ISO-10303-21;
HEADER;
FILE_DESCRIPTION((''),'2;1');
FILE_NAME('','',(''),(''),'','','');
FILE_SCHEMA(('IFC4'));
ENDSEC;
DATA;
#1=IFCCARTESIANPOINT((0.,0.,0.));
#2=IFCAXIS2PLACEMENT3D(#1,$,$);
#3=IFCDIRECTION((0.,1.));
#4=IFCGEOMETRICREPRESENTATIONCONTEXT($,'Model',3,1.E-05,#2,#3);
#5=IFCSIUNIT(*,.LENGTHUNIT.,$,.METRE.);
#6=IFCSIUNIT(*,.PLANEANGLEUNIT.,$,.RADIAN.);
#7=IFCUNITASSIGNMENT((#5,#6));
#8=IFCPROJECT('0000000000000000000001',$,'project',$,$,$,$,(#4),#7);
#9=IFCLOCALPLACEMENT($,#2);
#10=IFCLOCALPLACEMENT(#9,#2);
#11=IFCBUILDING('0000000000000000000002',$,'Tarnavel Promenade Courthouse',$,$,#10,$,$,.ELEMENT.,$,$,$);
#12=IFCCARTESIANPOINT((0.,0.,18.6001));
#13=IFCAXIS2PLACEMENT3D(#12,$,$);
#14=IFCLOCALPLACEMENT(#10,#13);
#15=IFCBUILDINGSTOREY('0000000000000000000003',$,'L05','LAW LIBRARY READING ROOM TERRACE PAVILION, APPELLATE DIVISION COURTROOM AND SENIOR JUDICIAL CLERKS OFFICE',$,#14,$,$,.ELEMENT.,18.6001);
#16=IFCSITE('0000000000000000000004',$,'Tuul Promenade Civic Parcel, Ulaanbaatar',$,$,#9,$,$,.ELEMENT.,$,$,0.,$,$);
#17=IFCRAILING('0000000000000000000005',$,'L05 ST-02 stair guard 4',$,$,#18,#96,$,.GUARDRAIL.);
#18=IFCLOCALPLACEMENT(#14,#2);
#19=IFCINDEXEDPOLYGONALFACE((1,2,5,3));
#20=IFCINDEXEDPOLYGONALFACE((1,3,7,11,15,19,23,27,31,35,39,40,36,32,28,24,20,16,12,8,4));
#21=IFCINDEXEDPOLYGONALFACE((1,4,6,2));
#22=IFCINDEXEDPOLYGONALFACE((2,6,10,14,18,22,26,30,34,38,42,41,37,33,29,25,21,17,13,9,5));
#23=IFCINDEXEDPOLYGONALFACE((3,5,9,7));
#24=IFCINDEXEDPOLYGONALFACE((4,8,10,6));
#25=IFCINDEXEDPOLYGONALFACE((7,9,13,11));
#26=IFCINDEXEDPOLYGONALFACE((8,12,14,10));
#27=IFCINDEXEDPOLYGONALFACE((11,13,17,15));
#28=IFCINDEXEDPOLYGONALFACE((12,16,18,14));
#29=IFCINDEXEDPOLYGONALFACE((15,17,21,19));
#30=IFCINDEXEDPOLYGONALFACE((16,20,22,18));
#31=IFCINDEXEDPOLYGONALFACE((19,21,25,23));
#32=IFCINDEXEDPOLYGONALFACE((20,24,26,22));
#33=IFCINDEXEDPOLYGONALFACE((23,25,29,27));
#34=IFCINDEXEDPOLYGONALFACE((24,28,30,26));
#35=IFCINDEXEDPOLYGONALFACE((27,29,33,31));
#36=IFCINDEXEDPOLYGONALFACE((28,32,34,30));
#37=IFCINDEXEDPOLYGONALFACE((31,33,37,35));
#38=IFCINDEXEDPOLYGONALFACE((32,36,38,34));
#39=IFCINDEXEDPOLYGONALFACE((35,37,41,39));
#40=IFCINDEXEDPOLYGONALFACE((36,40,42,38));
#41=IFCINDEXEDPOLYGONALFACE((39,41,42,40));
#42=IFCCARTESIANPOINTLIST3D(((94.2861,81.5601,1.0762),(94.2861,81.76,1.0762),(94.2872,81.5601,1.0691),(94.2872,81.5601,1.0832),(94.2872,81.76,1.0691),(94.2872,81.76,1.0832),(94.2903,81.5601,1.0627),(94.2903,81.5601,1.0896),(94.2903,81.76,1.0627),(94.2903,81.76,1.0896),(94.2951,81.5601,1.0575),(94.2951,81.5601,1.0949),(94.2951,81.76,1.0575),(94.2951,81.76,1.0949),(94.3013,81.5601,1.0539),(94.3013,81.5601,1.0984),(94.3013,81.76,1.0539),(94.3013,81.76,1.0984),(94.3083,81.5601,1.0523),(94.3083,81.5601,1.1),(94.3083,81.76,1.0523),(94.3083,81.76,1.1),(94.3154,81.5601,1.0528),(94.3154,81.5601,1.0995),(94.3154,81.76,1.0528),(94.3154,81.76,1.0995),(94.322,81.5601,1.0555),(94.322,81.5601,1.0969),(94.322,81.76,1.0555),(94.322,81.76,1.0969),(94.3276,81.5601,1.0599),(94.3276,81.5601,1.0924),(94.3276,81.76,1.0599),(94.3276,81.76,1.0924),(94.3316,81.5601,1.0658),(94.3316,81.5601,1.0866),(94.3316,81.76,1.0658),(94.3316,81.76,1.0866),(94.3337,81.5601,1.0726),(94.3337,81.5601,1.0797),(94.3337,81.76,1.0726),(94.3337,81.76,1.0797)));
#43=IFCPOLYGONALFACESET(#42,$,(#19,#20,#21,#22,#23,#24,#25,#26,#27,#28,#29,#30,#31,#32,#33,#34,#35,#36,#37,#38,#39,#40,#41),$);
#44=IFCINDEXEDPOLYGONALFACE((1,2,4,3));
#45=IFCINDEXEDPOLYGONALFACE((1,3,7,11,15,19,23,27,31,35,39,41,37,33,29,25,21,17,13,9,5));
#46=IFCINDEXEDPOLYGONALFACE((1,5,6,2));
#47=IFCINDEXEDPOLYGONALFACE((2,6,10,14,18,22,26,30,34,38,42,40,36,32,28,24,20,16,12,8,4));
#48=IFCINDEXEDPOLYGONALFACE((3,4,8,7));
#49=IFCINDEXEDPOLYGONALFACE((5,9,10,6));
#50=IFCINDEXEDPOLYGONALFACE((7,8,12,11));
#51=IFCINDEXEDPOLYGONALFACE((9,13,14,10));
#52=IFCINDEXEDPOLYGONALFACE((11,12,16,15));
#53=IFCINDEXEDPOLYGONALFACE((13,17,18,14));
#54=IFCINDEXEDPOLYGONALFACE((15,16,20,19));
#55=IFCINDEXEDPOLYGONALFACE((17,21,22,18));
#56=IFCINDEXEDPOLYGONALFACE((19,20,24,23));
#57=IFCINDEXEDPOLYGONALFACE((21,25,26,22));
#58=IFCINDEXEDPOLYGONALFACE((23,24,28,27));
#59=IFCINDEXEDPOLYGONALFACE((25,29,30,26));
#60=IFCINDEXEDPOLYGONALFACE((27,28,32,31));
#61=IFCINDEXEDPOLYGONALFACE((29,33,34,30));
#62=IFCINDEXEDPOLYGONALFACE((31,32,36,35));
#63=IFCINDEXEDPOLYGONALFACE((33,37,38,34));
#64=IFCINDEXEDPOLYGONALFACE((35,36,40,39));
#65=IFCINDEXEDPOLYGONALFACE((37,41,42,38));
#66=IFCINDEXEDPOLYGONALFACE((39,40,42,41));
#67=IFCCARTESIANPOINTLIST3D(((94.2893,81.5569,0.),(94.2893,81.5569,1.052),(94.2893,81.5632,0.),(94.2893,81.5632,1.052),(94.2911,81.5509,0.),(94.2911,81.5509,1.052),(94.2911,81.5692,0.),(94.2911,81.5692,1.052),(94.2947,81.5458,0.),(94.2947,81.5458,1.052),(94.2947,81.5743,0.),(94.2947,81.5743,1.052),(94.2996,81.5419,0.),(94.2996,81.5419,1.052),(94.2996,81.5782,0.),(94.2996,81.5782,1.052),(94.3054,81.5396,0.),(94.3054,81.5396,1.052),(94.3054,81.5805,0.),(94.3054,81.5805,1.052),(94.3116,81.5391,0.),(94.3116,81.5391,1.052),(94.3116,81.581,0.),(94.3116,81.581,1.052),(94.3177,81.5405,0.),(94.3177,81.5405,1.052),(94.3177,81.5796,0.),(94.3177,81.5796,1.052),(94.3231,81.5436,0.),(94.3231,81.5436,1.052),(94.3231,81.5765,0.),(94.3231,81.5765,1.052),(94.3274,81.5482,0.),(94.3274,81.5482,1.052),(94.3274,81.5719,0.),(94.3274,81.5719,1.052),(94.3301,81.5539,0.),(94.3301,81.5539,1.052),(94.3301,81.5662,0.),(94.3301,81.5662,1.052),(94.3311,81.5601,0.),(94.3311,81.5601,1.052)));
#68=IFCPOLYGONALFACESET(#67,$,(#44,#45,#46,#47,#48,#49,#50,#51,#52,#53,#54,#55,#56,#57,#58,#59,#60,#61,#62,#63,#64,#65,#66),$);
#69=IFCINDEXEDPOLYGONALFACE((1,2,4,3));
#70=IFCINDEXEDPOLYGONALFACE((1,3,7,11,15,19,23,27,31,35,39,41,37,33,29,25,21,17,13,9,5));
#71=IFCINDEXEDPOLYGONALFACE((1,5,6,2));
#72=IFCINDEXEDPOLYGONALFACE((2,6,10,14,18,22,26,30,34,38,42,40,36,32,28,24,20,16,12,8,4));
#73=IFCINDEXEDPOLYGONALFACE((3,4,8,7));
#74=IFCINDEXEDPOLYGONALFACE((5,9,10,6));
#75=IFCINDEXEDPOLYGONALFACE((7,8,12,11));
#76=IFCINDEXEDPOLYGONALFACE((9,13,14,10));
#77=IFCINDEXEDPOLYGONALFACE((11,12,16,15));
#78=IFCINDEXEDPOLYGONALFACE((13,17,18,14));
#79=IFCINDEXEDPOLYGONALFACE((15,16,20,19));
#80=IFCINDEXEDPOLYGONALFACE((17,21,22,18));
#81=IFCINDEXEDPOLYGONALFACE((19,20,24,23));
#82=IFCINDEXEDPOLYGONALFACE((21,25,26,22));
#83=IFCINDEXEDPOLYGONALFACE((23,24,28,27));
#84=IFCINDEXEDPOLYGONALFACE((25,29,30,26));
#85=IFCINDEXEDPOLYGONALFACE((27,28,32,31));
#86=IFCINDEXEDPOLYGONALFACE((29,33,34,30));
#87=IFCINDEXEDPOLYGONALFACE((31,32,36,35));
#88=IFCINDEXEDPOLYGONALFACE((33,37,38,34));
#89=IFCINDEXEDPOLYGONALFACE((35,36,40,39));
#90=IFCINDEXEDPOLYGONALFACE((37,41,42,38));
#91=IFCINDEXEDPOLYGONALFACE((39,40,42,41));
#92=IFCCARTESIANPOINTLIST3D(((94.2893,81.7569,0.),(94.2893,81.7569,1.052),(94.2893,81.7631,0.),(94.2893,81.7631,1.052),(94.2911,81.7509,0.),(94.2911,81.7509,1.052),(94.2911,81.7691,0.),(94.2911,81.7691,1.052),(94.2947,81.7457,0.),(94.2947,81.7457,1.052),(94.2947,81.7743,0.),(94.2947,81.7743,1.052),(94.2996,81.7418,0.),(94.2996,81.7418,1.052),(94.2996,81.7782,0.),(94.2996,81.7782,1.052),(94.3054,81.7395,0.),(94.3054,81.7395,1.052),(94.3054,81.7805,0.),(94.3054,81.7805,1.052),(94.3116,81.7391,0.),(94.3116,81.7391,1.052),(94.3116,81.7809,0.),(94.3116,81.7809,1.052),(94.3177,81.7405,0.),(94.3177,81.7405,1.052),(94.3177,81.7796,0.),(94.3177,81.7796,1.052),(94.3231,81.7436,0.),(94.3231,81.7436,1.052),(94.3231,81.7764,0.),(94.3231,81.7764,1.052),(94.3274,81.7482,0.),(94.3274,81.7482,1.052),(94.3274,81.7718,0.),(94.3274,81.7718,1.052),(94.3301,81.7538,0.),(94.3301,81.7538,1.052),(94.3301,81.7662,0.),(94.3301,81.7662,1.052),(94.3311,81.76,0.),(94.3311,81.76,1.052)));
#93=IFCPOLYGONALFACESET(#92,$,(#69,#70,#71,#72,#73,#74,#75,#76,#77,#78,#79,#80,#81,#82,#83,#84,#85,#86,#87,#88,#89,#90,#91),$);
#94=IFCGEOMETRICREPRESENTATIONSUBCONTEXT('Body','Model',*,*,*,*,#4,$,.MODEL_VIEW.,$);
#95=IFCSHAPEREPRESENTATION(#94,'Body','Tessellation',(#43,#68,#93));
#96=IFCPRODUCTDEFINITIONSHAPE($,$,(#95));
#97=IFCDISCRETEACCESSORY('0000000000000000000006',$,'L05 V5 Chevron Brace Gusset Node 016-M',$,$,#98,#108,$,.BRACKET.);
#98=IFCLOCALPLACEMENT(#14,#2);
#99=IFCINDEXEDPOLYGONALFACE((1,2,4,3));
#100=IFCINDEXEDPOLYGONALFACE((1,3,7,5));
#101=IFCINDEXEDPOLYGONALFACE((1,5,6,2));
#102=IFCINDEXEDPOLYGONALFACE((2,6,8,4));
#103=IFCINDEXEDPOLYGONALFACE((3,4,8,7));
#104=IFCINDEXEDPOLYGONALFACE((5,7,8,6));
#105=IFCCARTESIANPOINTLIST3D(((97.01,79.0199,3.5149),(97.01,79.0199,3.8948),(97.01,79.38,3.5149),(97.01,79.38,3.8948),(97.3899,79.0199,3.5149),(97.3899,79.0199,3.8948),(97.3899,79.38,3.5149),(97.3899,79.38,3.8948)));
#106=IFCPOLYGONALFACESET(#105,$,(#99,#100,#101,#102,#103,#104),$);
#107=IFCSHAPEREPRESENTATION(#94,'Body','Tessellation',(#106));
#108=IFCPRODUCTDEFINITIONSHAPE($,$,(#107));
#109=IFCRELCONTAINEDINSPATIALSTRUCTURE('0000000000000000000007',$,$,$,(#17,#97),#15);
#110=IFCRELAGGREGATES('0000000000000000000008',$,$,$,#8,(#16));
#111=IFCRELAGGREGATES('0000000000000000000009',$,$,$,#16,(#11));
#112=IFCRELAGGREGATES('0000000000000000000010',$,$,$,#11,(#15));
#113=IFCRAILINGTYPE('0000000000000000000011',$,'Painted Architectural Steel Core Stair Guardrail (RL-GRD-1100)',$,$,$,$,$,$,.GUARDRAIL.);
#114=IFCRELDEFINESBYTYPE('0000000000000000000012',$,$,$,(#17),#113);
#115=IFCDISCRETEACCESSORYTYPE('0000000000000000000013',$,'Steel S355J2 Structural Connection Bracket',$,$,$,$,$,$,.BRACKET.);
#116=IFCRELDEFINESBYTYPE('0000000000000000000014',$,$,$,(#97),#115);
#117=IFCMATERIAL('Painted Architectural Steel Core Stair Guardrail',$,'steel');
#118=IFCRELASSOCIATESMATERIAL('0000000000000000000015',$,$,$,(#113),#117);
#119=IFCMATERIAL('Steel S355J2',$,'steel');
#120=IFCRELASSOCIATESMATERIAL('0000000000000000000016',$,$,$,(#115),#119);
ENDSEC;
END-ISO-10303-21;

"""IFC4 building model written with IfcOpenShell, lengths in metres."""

from ifc_helpers import new_model, si_unit, direction, frame, origin, origin_2d, place, context, subcontext, project, spatial, rectangle, circle, extrude, material, type_object, element, save


model = new_model("IFC4")

# Units and contexts
model_context = context("Model", 3, precision=1e-05, world=origin(), true_north=direction((0.0, 1.0)))
body_context = subcontext(model_context, "Body", "Model", "MODEL_VIEW")
ifc_project = project(units=[si_unit("LENGTHUNIT", "METRE"), si_unit("PLANEANGLEUNIT", "RADIAN")], contexts=[model_context])

# Site, building, storey
site_placement = place(None, origin())
site = spatial("IfcSite", under=ifc_project, at=site_placement, Name="Tuul Promenade Civic Parcel, Ulaanbaatar", CompositionType="ELEMENT", RefElevation=0.0)
building_placement = place(site_placement, origin())
building = spatial("IfcBuilding", under=site, at=building_placement, Name="Tarnavel Promenade Courthouse", CompositionType="ELEMENT")
storey_placement = place(building_placement, frame((0.0, 0.0, 18.6001)))
storey = spatial("IfcBuildingStorey", under=building, at=storey_placement, Name="L05", Description="LAW LIBRARY READING ROOM TERRACE PAVILION, APPELLATE DIVISION COURTROOM AND SENIOR JUDICIAL CLERKS OFFICE", CompositionType="ELEMENT", Elevation=18.6001)

# Shared definitions
ifc_material_1 = material(Name="Steel S355J2", Category="steel")

# Railing
ifc_material_2 = material(Name="Painted Architectural Steel Core Stair Guardrail", Category="steel")
railing_type_1 = type_object("IfcRailingType", Name="Painted Architectural Steel Core Stair Guardrail (RL-GRD-1100)", PredefinedType="GUARDRAIL", material=ifc_material_2)
railing_1_placement = place(storey_placement, frame((94.3101, 81.5601, 0.0)))
element("IfcRailing", 1, at=railing_1_placement, inside=storey, type_object=railing_type_1, Name="L05 ST-02 stair guard 4", PredefinedType="GUARDRAIL", context=body_context, shape_type="SweptSolid", body=[
    extrude(circle(Radius=0.0239, at=origin_2d()), frame((0.0, 0.0, 1.0762), z_axis=(0.0, 1.0, 0.0), x_axis=(-1.0, 0.0, 0.0)), (0.0, 0.0, 1.0), 0.2),
    extrude(circle(Radius=0.021, at=origin_2d()), origin(), (0.0, 0.0, 1.0), 1.052),
    extrude(circle(Radius=0.021, at=origin_2d()), frame((0.0, 0.2, 0.0)), (0.0, 0.0, 1.0), 1.052),
])

# Discrete accessory
discrete_accessory_type = type_object("IfcDiscreteAccessoryType", Name="Steel S355J2 Structural Connection Bracket", PredefinedType="BRACKET", material=ifc_material_1)
discrete_accessory_placement = place(storey_placement, frame((97.2, 79.2, 3.5149), z_axis=(0.0, 0.0, 1.0), x_axis=(1.0, 0.0, 0.0)))
element("IfcDiscreteAccessory", 2, at=discrete_accessory_placement, inside=storey, type_object=discrete_accessory_type, Name="L05 V5 Chevron Brace Gusset Node 016-M", PredefinedType="BRACKET", context=body_context, shape_type="SweptSolid", body=[
    extrude(rectangle(XDim=0.3799, YDim=0.3601, at=origin_2d()), origin(), (0.0, 0.0, 1.0), 0.3799),
])

save(model, "model.ifc")
